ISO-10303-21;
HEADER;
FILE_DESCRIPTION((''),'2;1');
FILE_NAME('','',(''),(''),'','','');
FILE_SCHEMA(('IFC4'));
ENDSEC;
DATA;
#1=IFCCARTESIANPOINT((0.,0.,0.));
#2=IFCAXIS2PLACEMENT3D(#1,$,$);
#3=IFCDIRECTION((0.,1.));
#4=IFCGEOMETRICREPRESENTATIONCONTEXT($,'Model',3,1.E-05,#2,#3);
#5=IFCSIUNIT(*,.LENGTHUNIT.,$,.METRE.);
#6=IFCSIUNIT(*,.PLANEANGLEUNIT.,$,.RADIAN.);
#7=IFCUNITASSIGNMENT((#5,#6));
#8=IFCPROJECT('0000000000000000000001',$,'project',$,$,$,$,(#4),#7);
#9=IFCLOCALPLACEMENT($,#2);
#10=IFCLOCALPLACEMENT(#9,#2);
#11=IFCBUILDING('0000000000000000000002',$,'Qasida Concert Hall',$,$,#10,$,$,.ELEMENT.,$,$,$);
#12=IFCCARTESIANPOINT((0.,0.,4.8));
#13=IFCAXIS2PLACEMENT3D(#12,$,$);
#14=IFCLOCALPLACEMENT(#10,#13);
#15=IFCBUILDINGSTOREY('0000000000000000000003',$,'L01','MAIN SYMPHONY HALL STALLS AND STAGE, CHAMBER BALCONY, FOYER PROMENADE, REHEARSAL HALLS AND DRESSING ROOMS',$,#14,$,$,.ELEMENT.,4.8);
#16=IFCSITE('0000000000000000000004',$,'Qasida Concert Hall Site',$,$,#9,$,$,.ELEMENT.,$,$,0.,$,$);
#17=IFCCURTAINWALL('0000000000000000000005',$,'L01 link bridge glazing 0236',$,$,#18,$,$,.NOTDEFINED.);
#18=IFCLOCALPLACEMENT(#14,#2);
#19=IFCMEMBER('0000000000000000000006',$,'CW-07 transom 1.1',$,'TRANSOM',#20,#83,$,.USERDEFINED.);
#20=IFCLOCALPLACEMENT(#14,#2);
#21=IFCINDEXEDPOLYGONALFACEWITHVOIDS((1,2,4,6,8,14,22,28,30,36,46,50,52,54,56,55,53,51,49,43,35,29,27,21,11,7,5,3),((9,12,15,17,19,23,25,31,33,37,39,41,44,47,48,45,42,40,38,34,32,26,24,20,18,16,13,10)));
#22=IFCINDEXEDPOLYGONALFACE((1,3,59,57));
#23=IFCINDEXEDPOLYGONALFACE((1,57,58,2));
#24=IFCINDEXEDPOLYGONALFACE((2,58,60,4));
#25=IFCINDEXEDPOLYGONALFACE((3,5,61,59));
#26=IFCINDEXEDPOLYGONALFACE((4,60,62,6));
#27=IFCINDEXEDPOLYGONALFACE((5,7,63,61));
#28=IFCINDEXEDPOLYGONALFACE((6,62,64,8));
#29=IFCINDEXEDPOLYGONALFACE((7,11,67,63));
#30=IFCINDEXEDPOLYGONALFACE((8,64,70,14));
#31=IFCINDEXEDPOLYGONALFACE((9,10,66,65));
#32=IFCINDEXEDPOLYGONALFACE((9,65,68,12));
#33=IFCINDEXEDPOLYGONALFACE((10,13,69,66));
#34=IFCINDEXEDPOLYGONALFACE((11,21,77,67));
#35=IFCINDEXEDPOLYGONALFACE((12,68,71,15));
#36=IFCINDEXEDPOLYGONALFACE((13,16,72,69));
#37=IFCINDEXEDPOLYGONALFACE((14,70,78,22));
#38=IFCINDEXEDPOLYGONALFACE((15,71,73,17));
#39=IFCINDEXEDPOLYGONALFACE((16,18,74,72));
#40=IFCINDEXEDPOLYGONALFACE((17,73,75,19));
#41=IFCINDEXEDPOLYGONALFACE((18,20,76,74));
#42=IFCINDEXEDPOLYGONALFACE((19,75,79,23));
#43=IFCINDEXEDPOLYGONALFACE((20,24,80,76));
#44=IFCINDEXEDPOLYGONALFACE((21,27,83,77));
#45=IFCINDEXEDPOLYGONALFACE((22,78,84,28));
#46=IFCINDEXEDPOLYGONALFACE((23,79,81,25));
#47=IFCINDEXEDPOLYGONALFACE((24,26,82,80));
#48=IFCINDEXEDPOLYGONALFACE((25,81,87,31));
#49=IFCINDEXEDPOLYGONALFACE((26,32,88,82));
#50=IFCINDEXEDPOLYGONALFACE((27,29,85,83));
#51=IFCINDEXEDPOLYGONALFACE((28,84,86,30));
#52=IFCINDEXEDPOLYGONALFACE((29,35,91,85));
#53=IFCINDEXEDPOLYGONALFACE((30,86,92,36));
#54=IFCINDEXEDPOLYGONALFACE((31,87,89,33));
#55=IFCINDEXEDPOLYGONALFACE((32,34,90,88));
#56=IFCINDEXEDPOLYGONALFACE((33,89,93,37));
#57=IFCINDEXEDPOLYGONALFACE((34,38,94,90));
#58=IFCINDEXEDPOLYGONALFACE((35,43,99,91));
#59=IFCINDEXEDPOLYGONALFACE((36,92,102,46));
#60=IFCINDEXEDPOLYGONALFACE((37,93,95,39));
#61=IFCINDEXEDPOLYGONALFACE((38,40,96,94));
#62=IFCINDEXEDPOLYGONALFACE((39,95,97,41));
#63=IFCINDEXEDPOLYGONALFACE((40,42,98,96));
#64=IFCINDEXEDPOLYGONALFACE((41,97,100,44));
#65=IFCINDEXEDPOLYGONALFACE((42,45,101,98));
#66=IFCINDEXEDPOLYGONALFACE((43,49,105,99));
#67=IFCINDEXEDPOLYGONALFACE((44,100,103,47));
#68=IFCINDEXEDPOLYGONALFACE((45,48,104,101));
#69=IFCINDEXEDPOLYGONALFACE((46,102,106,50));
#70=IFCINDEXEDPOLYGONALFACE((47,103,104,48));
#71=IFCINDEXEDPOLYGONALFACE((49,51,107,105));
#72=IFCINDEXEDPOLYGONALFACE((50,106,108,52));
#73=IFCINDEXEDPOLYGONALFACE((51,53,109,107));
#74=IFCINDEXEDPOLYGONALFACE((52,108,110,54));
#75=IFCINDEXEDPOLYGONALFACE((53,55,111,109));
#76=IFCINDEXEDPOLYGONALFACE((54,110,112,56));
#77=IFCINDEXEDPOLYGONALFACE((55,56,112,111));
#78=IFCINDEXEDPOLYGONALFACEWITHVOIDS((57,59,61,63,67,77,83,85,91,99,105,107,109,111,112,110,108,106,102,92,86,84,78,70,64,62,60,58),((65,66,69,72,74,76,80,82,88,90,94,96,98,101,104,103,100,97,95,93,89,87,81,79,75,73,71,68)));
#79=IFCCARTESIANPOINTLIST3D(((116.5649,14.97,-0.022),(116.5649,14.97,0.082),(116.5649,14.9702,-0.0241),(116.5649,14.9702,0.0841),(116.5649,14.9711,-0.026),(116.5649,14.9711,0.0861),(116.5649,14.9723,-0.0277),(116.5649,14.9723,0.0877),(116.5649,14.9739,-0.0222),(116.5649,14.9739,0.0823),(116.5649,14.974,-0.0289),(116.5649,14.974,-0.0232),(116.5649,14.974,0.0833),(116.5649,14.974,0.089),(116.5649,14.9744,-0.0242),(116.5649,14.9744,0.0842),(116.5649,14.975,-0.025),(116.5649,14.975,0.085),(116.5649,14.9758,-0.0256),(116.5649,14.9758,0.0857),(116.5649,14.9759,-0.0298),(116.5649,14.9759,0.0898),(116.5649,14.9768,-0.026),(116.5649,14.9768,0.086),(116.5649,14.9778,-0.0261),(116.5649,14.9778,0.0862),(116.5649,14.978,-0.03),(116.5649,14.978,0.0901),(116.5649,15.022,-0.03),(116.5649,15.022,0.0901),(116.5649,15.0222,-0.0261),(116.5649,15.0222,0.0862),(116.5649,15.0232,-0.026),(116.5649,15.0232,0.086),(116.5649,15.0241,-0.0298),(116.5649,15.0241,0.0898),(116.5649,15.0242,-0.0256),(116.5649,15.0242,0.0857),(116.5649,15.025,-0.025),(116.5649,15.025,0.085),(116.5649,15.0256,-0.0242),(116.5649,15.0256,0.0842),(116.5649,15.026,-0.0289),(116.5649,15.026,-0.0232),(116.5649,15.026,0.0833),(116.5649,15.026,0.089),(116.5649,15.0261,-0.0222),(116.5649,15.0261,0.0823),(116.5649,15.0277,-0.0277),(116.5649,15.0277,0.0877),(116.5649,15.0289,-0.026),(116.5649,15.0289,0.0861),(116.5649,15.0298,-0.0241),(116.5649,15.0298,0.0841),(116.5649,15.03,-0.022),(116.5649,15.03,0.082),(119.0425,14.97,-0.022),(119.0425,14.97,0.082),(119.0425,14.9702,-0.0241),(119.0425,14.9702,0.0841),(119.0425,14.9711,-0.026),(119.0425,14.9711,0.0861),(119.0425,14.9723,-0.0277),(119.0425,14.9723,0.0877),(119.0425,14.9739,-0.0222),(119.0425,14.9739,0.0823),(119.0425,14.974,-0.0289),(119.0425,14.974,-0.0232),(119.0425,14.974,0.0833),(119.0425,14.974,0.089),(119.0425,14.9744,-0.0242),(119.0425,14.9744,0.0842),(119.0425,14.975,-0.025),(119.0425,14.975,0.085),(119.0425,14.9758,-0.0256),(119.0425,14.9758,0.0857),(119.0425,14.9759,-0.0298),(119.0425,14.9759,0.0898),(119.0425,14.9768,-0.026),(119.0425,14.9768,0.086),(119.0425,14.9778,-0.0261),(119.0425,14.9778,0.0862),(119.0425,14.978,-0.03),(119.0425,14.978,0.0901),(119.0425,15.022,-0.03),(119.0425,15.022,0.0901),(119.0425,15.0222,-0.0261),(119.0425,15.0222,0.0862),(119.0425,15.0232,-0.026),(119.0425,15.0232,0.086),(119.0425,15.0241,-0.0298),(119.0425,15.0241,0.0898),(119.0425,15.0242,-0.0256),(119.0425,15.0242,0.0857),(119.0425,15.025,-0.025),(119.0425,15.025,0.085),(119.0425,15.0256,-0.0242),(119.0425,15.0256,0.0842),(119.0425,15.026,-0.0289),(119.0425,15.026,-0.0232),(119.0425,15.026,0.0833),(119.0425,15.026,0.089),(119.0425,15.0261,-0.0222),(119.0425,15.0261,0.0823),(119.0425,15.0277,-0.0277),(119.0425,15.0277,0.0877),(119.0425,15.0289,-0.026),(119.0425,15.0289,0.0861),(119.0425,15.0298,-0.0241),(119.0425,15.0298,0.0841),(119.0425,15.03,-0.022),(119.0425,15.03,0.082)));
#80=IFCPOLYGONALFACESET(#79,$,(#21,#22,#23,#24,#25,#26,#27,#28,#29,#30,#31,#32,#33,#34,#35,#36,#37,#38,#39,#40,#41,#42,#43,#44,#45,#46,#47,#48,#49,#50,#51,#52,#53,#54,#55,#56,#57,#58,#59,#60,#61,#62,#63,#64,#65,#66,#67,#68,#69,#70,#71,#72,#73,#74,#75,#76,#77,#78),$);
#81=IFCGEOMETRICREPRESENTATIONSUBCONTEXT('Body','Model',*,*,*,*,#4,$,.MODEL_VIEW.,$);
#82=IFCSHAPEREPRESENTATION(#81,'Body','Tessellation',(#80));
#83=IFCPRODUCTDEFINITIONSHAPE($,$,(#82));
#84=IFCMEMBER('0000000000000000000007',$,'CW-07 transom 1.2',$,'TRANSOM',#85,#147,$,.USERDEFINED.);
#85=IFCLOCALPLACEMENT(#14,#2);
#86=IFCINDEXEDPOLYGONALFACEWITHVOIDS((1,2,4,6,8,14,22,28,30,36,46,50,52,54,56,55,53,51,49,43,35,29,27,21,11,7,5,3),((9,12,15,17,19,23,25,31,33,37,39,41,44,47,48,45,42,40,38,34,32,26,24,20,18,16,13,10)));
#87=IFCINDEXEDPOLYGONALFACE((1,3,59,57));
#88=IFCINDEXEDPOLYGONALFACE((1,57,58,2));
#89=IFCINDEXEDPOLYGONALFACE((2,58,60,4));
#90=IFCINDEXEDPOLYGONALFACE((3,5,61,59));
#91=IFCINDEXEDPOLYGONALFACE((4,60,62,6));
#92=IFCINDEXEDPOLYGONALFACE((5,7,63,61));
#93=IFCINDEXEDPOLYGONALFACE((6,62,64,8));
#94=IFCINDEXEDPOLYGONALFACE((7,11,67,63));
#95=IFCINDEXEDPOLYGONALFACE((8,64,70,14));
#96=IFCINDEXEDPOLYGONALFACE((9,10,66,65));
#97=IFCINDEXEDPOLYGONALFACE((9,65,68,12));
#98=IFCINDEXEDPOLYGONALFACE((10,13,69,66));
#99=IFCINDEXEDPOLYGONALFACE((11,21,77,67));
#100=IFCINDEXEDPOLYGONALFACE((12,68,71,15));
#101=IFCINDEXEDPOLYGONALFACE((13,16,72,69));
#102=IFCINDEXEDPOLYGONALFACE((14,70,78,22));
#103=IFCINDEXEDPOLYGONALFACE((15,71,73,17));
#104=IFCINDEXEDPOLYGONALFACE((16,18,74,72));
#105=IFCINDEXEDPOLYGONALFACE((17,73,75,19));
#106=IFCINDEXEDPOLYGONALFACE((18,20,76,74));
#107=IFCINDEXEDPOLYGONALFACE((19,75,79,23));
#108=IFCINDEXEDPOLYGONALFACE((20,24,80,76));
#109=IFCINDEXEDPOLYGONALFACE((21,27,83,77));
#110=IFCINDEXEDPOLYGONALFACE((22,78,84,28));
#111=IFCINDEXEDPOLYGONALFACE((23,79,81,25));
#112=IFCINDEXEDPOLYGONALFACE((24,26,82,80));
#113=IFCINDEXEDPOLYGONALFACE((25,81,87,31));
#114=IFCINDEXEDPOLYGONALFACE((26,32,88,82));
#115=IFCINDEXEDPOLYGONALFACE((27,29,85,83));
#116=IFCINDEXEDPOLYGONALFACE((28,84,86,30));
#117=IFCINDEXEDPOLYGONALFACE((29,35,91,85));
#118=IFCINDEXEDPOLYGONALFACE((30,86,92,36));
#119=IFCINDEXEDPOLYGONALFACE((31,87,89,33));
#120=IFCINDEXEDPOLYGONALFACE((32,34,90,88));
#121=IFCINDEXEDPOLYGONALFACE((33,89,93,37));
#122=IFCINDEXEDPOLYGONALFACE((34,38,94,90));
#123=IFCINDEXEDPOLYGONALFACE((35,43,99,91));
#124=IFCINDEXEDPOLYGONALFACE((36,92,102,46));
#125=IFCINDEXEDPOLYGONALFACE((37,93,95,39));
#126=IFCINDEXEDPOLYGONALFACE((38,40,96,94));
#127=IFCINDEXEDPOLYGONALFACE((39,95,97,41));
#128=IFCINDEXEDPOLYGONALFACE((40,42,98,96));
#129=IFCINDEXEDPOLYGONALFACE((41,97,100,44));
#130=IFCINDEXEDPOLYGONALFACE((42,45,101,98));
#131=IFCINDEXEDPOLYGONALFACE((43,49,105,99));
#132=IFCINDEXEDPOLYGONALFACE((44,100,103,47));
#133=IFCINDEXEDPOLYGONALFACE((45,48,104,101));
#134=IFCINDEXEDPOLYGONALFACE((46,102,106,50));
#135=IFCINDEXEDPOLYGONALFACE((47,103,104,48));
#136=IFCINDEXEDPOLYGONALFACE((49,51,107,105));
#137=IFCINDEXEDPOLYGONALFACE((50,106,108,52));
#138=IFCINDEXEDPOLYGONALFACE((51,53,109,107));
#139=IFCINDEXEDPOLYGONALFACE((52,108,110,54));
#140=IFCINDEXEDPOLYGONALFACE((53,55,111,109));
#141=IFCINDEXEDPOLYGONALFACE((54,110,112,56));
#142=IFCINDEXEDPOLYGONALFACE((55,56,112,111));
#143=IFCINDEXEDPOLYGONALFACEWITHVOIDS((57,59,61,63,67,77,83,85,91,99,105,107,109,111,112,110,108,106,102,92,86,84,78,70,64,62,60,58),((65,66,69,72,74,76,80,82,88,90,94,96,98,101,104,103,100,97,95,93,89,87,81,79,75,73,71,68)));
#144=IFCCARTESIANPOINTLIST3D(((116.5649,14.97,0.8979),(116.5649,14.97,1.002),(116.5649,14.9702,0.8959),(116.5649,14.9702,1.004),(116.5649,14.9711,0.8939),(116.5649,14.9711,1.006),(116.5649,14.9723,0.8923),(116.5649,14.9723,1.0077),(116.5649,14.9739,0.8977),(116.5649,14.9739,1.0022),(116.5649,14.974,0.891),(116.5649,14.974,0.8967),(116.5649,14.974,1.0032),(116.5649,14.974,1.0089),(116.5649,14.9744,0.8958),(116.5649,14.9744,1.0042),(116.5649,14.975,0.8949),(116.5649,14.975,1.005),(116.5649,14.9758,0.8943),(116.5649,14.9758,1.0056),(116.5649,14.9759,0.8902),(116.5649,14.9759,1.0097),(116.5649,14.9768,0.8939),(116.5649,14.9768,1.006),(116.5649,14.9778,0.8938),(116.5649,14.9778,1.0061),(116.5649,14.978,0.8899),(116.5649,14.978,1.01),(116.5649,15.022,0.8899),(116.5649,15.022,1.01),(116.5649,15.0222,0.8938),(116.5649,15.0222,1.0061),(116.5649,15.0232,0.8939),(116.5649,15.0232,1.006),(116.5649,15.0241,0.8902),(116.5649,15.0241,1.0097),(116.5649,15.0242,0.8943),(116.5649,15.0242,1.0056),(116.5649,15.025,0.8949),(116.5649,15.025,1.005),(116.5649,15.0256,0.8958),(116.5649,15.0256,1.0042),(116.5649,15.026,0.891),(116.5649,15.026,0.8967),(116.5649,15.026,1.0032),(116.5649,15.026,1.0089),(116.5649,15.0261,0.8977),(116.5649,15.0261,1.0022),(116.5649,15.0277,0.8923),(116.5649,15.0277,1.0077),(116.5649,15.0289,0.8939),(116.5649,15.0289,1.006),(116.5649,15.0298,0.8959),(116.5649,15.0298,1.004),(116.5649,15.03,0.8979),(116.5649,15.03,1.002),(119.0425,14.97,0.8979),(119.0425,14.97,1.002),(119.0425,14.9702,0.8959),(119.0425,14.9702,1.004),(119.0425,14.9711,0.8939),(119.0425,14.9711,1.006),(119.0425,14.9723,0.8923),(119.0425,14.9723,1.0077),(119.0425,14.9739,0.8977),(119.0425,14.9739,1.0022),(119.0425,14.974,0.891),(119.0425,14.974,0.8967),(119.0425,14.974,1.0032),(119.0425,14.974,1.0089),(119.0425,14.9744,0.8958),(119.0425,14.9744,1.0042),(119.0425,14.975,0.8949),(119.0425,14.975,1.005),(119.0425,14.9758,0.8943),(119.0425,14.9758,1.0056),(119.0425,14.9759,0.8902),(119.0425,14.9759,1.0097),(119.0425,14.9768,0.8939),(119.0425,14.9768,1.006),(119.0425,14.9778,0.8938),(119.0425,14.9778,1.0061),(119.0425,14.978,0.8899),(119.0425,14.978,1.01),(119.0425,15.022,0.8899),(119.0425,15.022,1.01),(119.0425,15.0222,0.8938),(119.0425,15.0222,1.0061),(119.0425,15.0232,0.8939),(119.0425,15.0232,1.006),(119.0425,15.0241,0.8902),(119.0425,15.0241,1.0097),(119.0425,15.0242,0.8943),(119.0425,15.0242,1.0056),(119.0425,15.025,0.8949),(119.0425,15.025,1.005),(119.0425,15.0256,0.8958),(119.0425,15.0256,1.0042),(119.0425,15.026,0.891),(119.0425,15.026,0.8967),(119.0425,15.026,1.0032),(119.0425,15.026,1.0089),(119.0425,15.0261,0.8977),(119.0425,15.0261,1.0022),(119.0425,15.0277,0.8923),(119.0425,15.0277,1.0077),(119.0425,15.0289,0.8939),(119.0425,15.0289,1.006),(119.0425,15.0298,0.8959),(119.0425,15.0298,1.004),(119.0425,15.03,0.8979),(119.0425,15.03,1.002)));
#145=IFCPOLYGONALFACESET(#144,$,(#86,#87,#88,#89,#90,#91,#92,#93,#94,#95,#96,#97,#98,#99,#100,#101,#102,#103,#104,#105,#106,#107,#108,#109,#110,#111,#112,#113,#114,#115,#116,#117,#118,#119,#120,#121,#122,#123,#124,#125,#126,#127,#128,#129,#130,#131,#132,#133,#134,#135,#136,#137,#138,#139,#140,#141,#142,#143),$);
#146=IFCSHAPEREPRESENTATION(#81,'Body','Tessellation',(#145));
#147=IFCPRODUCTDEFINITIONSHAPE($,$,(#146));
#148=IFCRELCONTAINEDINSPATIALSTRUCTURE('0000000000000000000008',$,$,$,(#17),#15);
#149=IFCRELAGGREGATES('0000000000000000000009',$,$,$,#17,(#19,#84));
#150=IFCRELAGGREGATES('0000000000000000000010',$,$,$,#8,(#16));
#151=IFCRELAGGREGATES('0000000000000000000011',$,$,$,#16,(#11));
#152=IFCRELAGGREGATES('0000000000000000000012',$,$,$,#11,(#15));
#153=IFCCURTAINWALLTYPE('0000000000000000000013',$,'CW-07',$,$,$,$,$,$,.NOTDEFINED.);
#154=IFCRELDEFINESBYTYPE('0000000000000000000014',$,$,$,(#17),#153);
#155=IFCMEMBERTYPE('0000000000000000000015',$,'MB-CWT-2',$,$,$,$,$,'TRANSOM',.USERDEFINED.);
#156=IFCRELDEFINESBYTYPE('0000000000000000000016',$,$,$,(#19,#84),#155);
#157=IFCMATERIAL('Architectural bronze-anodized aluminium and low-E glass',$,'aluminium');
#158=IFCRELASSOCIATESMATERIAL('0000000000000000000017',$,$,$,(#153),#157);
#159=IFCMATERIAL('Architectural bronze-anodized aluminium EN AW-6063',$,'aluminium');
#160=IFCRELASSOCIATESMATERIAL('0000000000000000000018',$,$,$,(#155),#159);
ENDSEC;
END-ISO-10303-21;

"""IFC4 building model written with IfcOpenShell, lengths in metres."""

from ifc_helpers import new_model, si_unit, direction, frame, origin, origin_2d, place, context, subcontext, project, spatial, hollow_rectangle, extrude, material, material_profile, profile_set, type_object, element, aggregate, save


model = new_model("IFC4")

# Units and contexts
model_context = context("Model", 3, precision=1e-05, world=origin(), true_north=direction((0.0, 1.0)))
body_context = subcontext(model_context, "Body", "Model", "MODEL_VIEW")
ifc_project = project(units=[si_unit("LENGTHUNIT", "METRE"), si_unit("PLANEANGLEUNIT", "RADIAN")], contexts=[model_context])

# Site, building, storey
site_placement = place(None, origin())
site = spatial("IfcSite", under=ifc_project, at=site_placement, Name="Qasida Concert Hall Site", CompositionType="ELEMENT", RefElevation=0.0)
building_placement = place(site_placement, origin())
building = spatial("IfcBuilding", under=site, at=building_placement, Name="Qasida Concert Hall", CompositionType="ELEMENT")
storey_placement = place(building_placement, frame((0.0, 0.0, 4.8)))
storey = spatial("IfcBuildingStorey", under=building, at=storey_placement, Name="L01", Description="MAIN SYMPHONY HALL STALLS AND STAGE, CHAMBER BALCONY, FOYER PROMENADE, REHEARSAL HALLS AND DRESSING ROOMS", CompositionType="ELEMENT", Elevation=4.8)

# Curtain wall
ifc_material_1 = material(Name="Architectural bronze-anodized aluminium and low-E glass", Category="aluminium")
curtain_wall_type = type_object("IfcCurtainWallType", Name="CW-07", PredefinedType="NOTDEFINED", material=ifc_material_1)
ifc_material_2 = material(Name="Architectural bronze-anodized aluminium EN AW-6063", Category="aluminium")
curtain_wall_1_placement = place(storey_placement, origin())
curtain_wall_1 = element("IfcCurtainWall", 1, at=curtain_wall_1_placement, inside=storey, type_object=curtain_wall_type, Name="L01 link bridge glazing 0236", PredefinedType="NOTDEFINED")

# Members
ifc_material_profile_1 = material_profile(ifc_material_2, hollow_rectangle(XDim=0.0601, YDim=0.1201, WallThickness=0.0039, InnerFilletRadius=0.0039, OuterFilletRadius=0.0081, at=origin_2d()), Name="CWT 120x60x4")
ifc_profile_set_1 = profile_set([ifc_material_profile_1], Name="Architectural bronze-anodized aluminium EN AW-6063")
member_type_1 = type_object("IfcMemberType", Name="MB-CWT-2", ElementType="TRANSOM", PredefinedType="USERDEFINED", material=ifc_profile_set_1)
member_1_placement = place(storey_placement, frame((116.5649, 15.0, 0.03), z_axis=(1.0, 0.0, 0.0), x_axis=(0.0, 1.0, 0.0)))
member_1 = element("IfcMember", 2, at=member_1_placement, type_object=member_type_1, Name="CW-07 transom 1.1", ObjectType="TRANSOM", PredefinedType="USERDEFINED", context=body_context, shape_type="SweptSolid", body=[
    extrude(hollow_rectangle(XDim=0.0601, YDim=0.1201, WallThickness=0.0039, InnerFilletRadius=0.0039, OuterFilletRadius=0.0081, at=origin_2d()), origin(), (0.0, 0.0, 1.0), 2.4775),
])
member_2_placement = place(storey_placement, frame((116.5649, 15.0, 0.95), z_axis=(1.0, 0.0, 0.0), x_axis=(0.0, 1.0, 0.0)))
member_2 = element("IfcMember", 3, at=member_2_placement, type_object=member_type_1, Name="CW-07 transom 1.2", ObjectType="TRANSOM", PredefinedType="USERDEFINED", context=body_context, shape_type="SweptSolid", body=[
    extrude(hollow_rectangle(XDim=0.0601, YDim=0.1201, WallThickness=0.0039, InnerFilletRadius=0.0039, OuterFilletRadius=0.0081, at=origin_2d()), origin(), (0.0, 0.0, 1.0), 2.4775),
])
aggregate(curtain_wall_1, [member_1, member_2])

save(model, "model.ifc")
